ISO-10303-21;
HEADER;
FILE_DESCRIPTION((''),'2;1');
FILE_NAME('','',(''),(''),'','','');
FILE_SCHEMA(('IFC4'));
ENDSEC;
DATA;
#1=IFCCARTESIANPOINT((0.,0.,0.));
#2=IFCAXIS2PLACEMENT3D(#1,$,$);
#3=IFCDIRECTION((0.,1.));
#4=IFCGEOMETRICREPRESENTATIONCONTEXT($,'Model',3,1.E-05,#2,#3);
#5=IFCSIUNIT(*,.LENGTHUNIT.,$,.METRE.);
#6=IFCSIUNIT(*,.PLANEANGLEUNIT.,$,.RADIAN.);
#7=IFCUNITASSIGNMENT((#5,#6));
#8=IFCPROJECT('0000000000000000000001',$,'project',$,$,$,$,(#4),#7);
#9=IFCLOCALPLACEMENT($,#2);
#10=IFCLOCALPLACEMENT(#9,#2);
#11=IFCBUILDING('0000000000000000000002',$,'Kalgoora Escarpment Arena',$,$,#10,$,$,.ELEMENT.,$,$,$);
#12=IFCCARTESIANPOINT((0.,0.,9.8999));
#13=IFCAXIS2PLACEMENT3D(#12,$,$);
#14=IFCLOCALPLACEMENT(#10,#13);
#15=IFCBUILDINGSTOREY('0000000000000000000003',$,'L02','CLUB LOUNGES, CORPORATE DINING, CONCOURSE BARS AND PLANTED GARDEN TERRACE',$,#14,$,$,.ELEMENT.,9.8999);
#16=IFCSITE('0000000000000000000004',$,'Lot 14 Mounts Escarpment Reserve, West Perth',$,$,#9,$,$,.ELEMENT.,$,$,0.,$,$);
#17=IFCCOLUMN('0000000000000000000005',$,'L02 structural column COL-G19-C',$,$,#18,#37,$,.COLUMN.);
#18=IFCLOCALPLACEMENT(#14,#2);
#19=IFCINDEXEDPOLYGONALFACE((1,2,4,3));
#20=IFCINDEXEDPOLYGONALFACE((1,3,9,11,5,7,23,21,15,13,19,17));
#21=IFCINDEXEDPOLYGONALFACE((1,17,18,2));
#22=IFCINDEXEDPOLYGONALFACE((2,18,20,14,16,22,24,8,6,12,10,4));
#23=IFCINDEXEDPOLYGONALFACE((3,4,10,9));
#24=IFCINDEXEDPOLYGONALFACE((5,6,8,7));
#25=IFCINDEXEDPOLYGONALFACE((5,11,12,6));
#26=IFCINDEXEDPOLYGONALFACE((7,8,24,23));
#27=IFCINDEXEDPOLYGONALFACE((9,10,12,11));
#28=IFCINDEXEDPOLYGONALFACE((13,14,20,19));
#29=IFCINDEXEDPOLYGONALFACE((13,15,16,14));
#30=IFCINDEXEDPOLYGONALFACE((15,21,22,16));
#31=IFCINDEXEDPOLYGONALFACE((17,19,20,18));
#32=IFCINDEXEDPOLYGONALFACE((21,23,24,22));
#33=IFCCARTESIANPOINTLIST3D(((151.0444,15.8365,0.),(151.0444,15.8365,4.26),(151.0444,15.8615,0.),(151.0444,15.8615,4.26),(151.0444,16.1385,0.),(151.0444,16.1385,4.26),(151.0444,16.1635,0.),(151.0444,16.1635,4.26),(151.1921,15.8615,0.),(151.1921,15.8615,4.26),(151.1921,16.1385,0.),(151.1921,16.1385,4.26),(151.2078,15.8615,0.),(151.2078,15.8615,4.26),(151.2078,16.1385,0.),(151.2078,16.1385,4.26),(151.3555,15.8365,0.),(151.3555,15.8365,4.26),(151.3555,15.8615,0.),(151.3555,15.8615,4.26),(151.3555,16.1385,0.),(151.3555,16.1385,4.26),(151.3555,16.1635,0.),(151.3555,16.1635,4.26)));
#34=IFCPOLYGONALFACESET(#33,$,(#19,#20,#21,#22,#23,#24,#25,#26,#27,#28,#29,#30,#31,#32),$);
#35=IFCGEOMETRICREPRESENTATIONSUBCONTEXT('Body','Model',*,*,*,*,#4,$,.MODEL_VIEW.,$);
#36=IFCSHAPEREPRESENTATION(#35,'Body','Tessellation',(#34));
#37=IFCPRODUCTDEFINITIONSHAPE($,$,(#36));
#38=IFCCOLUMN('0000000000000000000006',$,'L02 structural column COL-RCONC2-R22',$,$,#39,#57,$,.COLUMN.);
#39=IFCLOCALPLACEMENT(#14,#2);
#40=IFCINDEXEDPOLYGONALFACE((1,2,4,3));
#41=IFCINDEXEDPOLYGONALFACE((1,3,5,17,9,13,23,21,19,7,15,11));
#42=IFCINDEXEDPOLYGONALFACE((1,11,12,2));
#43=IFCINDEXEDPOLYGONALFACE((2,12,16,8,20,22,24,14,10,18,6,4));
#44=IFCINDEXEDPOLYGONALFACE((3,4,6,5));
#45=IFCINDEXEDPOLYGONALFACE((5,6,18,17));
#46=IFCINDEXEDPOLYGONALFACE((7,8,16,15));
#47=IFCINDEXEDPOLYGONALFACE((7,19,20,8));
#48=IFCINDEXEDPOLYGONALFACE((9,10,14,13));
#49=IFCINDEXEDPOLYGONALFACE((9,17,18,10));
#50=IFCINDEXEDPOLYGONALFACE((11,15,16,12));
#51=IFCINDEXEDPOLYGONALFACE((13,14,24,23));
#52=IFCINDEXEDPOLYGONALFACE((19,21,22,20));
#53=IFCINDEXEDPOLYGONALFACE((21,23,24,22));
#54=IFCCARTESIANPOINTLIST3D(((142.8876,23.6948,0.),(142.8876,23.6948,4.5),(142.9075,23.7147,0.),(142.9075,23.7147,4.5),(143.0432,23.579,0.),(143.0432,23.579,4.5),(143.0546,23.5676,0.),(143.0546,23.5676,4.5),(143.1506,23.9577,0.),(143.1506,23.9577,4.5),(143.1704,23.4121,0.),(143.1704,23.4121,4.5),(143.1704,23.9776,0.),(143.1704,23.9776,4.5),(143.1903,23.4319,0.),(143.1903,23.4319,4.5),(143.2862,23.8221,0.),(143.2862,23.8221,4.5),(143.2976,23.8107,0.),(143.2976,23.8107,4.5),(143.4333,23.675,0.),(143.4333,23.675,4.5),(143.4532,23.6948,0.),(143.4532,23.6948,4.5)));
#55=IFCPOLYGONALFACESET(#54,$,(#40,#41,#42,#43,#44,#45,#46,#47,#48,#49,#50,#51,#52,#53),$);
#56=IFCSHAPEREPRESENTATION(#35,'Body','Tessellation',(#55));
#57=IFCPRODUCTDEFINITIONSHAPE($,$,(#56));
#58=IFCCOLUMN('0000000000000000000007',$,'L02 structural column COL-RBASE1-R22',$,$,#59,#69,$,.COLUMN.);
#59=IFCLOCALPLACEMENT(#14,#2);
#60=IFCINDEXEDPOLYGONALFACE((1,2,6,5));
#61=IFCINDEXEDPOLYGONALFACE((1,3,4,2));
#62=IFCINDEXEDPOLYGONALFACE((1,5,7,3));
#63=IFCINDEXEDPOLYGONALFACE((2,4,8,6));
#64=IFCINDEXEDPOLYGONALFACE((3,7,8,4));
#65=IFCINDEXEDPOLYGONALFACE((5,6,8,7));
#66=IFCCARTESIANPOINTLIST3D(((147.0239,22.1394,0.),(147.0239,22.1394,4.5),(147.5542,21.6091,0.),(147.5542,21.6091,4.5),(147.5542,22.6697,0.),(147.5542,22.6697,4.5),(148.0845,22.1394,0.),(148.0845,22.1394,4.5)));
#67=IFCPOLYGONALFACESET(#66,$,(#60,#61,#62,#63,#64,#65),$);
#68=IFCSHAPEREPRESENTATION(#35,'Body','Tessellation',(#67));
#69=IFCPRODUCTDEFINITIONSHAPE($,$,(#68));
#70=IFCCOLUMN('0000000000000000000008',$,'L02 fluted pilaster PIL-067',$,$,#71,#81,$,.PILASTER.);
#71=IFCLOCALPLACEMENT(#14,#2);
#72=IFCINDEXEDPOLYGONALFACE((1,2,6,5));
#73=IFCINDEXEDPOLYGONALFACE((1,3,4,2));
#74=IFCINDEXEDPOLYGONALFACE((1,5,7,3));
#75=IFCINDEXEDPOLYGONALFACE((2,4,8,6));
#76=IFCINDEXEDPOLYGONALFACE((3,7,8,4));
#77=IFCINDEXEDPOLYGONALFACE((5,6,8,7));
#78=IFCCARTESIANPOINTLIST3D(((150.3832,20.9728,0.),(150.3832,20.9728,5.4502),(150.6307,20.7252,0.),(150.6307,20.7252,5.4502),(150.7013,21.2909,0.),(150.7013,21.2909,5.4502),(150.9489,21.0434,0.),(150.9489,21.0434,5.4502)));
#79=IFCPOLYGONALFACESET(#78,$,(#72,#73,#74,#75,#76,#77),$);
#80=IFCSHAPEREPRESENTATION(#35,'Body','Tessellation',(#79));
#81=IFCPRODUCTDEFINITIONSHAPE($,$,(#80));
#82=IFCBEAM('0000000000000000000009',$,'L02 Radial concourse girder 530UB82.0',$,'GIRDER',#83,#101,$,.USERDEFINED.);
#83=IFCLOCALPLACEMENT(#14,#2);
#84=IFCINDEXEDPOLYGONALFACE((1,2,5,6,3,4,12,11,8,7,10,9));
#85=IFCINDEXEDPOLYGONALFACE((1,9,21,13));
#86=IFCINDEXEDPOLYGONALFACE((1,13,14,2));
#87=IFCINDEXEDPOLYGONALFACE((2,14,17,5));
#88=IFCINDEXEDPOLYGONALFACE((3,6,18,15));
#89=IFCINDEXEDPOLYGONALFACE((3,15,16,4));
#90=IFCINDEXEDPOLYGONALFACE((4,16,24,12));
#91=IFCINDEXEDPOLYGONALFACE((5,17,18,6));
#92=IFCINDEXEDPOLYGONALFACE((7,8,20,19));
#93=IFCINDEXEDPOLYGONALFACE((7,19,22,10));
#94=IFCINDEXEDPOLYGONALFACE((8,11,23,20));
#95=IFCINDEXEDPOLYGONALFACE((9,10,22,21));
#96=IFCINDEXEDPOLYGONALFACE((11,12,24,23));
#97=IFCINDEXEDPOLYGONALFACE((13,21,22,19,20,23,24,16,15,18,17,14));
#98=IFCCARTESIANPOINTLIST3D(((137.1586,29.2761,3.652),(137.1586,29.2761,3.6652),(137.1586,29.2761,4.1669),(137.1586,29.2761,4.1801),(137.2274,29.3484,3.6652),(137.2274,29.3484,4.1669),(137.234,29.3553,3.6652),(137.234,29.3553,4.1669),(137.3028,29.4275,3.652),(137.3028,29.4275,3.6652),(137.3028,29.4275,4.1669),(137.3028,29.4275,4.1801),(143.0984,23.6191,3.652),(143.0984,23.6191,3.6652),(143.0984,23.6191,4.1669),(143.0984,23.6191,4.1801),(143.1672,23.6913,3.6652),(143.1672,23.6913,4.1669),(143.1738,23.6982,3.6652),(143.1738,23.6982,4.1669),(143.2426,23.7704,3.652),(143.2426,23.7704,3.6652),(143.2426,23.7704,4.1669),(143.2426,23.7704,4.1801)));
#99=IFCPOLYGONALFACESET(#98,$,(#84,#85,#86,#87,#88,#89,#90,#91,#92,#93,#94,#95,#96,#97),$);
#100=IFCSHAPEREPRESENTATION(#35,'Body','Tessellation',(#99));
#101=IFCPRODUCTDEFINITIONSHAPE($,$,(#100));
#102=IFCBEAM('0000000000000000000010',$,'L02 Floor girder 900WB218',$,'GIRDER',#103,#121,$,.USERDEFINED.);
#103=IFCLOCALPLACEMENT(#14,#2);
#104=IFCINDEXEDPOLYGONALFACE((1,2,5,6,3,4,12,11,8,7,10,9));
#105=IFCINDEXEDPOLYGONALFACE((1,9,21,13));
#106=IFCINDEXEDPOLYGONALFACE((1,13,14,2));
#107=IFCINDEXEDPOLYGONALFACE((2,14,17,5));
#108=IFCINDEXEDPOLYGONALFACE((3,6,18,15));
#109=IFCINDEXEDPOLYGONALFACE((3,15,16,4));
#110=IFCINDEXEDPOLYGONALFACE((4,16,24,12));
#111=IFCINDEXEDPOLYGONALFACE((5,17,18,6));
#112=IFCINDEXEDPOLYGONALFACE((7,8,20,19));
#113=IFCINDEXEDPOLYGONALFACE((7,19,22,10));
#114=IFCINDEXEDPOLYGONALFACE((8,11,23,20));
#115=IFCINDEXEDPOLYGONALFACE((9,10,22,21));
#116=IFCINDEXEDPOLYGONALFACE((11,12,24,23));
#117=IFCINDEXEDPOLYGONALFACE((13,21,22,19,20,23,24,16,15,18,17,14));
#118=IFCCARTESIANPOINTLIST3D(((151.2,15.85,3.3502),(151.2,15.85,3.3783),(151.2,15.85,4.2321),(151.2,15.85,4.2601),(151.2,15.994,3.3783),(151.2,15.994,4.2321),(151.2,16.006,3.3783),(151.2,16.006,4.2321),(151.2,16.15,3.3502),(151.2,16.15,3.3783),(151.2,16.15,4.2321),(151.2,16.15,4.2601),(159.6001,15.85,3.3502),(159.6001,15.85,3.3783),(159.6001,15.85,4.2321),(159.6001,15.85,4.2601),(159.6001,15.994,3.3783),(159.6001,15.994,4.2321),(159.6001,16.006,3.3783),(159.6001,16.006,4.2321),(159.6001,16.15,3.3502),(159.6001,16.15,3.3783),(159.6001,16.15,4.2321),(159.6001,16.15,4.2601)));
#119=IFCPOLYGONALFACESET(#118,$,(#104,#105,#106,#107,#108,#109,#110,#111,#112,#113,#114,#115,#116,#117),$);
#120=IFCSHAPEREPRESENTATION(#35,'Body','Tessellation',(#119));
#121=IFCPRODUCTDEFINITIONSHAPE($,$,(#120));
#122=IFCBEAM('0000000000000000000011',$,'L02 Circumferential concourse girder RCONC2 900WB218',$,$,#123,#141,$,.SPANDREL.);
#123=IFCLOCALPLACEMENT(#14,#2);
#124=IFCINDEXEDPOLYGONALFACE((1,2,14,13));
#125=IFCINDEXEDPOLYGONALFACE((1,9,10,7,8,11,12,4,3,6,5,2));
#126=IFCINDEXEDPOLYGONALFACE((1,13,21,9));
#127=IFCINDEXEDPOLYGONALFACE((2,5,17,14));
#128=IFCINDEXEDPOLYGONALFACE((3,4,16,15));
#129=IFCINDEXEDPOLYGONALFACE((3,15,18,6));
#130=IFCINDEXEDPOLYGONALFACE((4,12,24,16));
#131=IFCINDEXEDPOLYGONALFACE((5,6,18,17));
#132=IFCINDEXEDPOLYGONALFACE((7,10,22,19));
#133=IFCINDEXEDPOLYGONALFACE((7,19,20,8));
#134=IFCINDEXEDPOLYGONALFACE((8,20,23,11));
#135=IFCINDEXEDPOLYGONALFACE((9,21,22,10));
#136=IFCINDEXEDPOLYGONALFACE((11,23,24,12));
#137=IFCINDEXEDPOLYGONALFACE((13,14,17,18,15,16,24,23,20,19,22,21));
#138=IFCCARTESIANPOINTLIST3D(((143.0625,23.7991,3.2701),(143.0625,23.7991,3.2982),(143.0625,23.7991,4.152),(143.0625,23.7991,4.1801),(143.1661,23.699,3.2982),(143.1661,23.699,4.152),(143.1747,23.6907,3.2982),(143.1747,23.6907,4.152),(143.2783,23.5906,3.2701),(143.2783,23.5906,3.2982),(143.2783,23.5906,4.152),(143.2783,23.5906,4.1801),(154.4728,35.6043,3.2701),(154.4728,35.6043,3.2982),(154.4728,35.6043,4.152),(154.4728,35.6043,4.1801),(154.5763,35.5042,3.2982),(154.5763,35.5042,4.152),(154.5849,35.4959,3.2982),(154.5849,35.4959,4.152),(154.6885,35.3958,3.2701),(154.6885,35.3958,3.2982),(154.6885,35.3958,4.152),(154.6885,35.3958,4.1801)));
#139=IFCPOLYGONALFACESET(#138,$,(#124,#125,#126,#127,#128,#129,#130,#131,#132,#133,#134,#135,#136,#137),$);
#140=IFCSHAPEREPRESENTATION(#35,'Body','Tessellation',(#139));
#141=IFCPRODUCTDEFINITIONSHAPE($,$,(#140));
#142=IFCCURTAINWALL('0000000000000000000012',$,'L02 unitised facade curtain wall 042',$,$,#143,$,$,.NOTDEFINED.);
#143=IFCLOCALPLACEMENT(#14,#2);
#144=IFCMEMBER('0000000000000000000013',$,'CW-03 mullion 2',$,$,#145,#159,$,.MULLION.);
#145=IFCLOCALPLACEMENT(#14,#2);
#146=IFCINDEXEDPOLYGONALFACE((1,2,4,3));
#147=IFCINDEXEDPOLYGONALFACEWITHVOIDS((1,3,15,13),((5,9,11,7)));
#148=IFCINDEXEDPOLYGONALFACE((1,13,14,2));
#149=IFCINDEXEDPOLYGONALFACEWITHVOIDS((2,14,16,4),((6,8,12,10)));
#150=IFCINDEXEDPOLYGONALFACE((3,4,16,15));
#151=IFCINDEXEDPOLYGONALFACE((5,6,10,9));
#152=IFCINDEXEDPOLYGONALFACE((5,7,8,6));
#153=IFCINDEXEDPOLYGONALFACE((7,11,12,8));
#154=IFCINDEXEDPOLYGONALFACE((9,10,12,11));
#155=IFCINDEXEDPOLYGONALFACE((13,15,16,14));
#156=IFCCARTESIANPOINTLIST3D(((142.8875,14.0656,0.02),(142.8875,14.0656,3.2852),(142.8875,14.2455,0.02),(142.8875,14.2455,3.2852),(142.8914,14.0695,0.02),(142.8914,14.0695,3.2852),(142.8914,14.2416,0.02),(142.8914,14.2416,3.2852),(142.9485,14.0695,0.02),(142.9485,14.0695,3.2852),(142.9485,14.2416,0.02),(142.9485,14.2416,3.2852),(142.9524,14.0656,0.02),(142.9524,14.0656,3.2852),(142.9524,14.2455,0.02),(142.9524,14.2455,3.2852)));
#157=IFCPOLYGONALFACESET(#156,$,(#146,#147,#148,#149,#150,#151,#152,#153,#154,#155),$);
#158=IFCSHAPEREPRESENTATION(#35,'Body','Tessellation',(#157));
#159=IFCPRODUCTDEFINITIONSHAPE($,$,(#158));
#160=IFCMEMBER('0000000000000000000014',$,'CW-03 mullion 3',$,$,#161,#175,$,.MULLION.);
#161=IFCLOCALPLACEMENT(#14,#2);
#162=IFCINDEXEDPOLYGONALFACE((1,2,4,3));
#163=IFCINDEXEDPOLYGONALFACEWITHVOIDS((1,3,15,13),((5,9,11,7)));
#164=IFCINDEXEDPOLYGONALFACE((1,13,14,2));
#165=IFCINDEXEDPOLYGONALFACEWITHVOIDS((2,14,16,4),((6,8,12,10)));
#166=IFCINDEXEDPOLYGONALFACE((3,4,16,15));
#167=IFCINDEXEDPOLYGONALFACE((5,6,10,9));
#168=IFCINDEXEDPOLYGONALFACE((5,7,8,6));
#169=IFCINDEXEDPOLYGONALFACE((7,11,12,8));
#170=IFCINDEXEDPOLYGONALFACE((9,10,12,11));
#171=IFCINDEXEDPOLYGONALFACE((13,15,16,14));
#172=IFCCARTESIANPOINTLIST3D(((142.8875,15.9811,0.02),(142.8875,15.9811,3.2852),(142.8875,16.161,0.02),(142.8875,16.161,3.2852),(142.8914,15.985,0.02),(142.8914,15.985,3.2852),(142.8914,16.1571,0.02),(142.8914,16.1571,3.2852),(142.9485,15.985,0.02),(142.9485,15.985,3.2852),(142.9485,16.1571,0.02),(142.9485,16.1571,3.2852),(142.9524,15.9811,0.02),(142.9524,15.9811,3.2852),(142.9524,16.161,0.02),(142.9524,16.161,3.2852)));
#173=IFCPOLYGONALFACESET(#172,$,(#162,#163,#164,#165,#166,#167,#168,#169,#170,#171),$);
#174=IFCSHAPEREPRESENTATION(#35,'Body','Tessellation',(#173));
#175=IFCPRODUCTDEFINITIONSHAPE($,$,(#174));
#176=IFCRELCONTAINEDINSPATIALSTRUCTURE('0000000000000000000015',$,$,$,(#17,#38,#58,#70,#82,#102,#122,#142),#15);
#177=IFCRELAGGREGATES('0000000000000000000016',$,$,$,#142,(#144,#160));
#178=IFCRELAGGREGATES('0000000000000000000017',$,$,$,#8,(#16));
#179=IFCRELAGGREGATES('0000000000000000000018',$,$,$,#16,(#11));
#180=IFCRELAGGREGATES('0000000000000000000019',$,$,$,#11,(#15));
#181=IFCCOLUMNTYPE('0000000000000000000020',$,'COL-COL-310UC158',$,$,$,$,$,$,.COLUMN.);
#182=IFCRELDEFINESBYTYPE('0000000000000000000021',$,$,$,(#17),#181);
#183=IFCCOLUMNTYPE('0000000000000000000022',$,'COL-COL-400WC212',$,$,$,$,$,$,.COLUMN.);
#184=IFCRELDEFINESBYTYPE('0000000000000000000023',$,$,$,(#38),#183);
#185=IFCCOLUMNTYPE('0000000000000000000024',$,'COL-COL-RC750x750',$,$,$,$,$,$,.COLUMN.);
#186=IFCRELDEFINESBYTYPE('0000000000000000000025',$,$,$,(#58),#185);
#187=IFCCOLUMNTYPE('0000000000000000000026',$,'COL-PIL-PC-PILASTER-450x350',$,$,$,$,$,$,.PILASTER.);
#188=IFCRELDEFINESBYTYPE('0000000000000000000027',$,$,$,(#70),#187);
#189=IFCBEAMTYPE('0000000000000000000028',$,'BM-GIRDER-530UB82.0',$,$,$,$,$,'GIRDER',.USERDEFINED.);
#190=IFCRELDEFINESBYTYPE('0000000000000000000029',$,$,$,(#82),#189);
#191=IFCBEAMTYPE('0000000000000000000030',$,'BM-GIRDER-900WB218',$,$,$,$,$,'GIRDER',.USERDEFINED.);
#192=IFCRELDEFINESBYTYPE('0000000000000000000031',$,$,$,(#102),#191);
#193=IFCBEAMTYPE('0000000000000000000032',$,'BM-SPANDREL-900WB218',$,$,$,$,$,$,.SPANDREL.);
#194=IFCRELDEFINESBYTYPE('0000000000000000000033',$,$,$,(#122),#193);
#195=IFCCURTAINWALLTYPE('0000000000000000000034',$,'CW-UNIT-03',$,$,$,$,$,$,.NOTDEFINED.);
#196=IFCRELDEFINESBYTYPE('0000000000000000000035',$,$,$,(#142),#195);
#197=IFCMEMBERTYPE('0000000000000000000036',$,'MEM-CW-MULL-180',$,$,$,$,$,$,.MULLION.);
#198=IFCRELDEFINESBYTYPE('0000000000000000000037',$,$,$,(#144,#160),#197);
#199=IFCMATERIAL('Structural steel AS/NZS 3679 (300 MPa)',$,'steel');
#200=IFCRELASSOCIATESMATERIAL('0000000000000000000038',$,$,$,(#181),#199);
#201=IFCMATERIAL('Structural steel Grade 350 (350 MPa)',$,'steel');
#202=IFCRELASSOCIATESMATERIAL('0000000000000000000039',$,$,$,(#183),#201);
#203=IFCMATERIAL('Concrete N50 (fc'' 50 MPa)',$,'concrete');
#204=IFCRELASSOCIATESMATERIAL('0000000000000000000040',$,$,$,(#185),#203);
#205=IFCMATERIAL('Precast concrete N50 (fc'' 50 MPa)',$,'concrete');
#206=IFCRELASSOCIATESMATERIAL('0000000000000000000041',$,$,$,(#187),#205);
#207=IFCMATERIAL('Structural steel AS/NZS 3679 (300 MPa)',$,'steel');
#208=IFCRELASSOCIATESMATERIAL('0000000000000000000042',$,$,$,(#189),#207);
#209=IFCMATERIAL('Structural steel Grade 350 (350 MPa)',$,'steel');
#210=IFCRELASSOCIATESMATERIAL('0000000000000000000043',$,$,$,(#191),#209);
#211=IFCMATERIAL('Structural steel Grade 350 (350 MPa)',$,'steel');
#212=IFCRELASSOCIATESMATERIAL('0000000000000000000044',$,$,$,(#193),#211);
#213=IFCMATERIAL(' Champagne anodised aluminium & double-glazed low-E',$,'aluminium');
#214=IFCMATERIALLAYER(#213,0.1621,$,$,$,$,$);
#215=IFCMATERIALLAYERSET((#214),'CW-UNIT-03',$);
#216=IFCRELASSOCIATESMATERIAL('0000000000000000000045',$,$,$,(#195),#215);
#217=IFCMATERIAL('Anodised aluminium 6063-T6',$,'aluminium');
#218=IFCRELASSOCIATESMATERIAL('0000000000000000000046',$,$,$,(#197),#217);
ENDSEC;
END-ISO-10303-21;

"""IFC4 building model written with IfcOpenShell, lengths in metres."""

from ifc_helpers import new_model, si_unit, direction, frame, origin, origin_2d, place, context, subcontext, project, spatial, rectangle, hollow_rectangle, i_section, extrude, material, layer, layer_set, material_profile, profile_set, type_object, element, aggregate, save


model = new_model("IFC4")

# Units and contexts
model_context = context("Model", 3, precision=1e-05, world=origin(), true_north=direction((0.0, 1.0)))
body_context = subcontext(model_context, "Body", "Model", "MODEL_VIEW")
ifc_project = project(units=[si_unit("LENGTHUNIT", "METRE"), si_unit("PLANEANGLEUNIT", "RADIAN")], contexts=[model_context])

# Site, building, storey
site_placement = place(None, origin())
site = spatial("IfcSite", under=ifc_project, at=site_placement, Name="Lot 14 Mounts Escarpment Reserve, West Perth", CompositionType="ELEMENT", RefElevation=0.0)
building_placement = place(site_placement, origin())
building = spatial("IfcBuilding", under=site, at=building_placement, Name="Kalgoora Escarpment Arena", CompositionType="ELEMENT")
storey_placement = place(building_placement, frame((0.0, 0.0, 9.8999)))
storey = spatial("IfcBuildingStorey", under=building, at=storey_placement, Name="L02", Description="CLUB LOUNGES, CORPORATE DINING, CONCOURSE BARS AND PLANTED GARDEN TERRACE", CompositionType="ELEMENT", Elevation=9.8999)

# Columns
ifc_material_1 = material(Name="Structural steel AS/NZS 3679 (300 MPa)", Category="steel")
ifc_material_profile_1 = material_profile(ifc_material_1, i_section(OverallWidth=0.311, OverallDepth=0.3269, WebThickness=0.0156, FlangeThickness=0.0249, at=origin_2d()))
ifc_profile_set_1 = profile_set([ifc_material_profile_1], Name="Structural steel AS/NZS 3679 (300 MPa)")
column_type_1 = type_object("IfcColumnType", Name="COL-COL-310UC158", PredefinedType="COLUMN", material=ifc_profile_set_1)
column_1_placement = place(storey_placement, frame((151.2, 16.0, 0.0), z_axis=(0.0, 0.0, 1.0), x_axis=(1.0, 0.0, 0.0)))
element("IfcColumn", 1, at=column_1_placement, inside=storey, type_object=column_type_1, Name="L02 structural column COL-G19-C", PredefinedType="COLUMN", context=body_context, shape_type="SweptSolid", body=[
    extrude(i_section(OverallWidth=0.311, OverallDepth=0.3269, WebThickness=0.0156, FlangeThickness=0.0249, at=origin_2d()), origin(), (0.0, 0.0, 1.0), 4.26),
])
ifc_material_2 = material(Name="Structural steel Grade 350 (350 MPa)", Category="steel")
ifc_material_profile_2 = material_profile(ifc_material_2, i_section(OverallWidth=0.3999, OverallDepth=0.3999, WebThickness=0.0161, FlangeThickness=0.0281, at=origin_2d()))
ifc_profile_set_2 = profile_set([ifc_material_profile_2], Name="Structural steel Grade 350 (350 MPa)")
column_type_2 = type_object("IfcColumnType", Name="COL-COL-400WC212", PredefinedType="COLUMN", material=ifc_profile_set_2)
column_2_placement = place(storey_placement, frame((143.1704, 23.6948, 0.0), z_axis=(0.0, 0.0, 1.0), x_axis=(0.707107, -0.707107, 0.0)))
element("IfcColumn", 2, at=column_2_placement, inside=storey, type_object=column_type_2, Name="L02 structural column COL-RCONC2-R22", PredefinedType="COLUMN", context=body_context, shape_type="SweptSolid", body=[
    extrude(i_section(OverallWidth=0.3999, OverallDepth=0.3999, WebThickness=0.0161, FlangeThickness=0.0281, at=origin_2d()), origin(), (0.0, 0.0, 1.0), 4.5),
])
ifc_material_3 = material(Name="Concrete N50 (fc' 50 MPa)", Category="concrete")
ifc_material_profile_3 = material_profile(ifc_material_3, rectangle(XDim=0.75, YDim=0.75, at=origin_2d()))
ifc_profile_set_3 = profile_set([ifc_material_profile_3], Name="Concrete N50 (fc' 50 MPa)")
column_type_3 = type_object("IfcColumnType", Name="COL-COL-RC750x750", PredefinedType="COLUMN", material=ifc_profile_set_3)
column_3_placement = place(storey_placement, frame((147.5542, 22.1394, 0.0), z_axis=(0.0, 0.0, 1.0), x_axis=(0.707107, -0.707107, 0.0)))
element("IfcColumn", 3, at=column_3_placement, inside=storey, type_object=column_type_3, Name="L02 structural column COL-RBASE1-R22", PredefinedType="COLUMN", context=body_context, shape_type="SweptSolid", body=[
    extrude(rectangle(XDim=0.75, YDim=0.75, at=origin_2d()), origin(), (0.0, 0.0, 1.0), 4.5),
])
ifc_material_4 = material(Name="Precast concrete N50 (fc' 50 MPa)", Category="concrete")
ifc_material_profile_4 = material_profile(ifc_material_4, rectangle(XDim=0.3501, YDim=0.45, at=origin_2d()))
ifc_profile_set_4 = profile_set([ifc_material_profile_4], Name="Precast concrete N50 (fc' 50 MPa)")
column_type_4 = type_object("IfcColumnType", Name="COL-PIL-PC-PILASTER-450x350", PredefinedType="PILASTER", material=ifc_profile_set_4)
column_4_placement = place(storey_placement, frame((150.666, 21.0081, 0.0), z_axis=(0.0, 0.0, 1.0), x_axis=(0.707107, -0.707107, 0.0)))
element("IfcColumn", 4, at=column_4_placement, inside=storey, type_object=column_type_4, Name="L02 fluted pilaster PIL-067", PredefinedType="PILASTER", context=body_context, shape_type="SweptSolid", body=[
    extrude(rectangle(XDim=0.3501, YDim=0.45, at=origin_2d()), origin(), (0.0, 0.0, 1.0), 5.4502),
])

# Beams
ifc_material_5 = material(Name="Structural steel AS/NZS 3679 (300 MPa)", Category="steel")
ifc_material_profile_5 = material_profile(ifc_material_5, i_section(OverallWidth=0.209, OverallDepth=0.5281, WebThickness=0.0095, FlangeThickness=0.0132, at=origin_2d()))
ifc_profile_set_5 = profile_set([ifc_material_profile_5], Name="Structural steel AS/NZS 3679 (300 MPa)")
beam_type_1 = type_object("IfcBeamType", Name="BM-GIRDER-530UB82.0", ElementType="GIRDER", PredefinedType="USERDEFINED", material=ifc_profile_set_5)
beam_1_placement = place(storey_placement, frame((137.2307, 29.3518, 3.916), z_axis=(0.72413, -0.689663, 0.0), x_axis=(0.689663, 0.72413, 0.0)))
element("IfcBeam", 5, at=beam_1_placement, inside=storey, type_object=beam_type_1, Name="L02 Radial concourse girder 530UB82.0", ObjectType="GIRDER", PredefinedType="USERDEFINED", context=body_context, shape_type="SweptSolid", body=[
    extrude(i_section(OverallWidth=0.209, OverallDepth=0.5281, WebThickness=0.0095, FlangeThickness=0.0132, at=origin_2d()), origin(), (0.0, 0.0, 1.0), 8.2026),
])
ifc_material_6 = material(Name="Structural steel Grade 350 (350 MPa)", Category="steel")
ifc_material_profile_6 = material_profile(ifc_material_6, i_section(OverallWidth=0.3, OverallDepth=0.9099, WebThickness=0.012, FlangeThickness=0.0281, at=origin_2d()))
ifc_profile_set_6 = profile_set([ifc_material_profile_6], Name="Structural steel Grade 350 (350 MPa)")
beam_type_2 = type_object("IfcBeamType", Name="BM-GIRDER-900WB218", ElementType="GIRDER", PredefinedType="USERDEFINED", material=ifc_profile_set_6)
beam_2_placement = place(storey_placement, frame((151.2, 16.0, 3.8052), z_axis=(1.0, 0.0, 0.0), x_axis=(0.0, 1.0, 0.0)))
element("IfcBeam", 6, at=beam_2_placement, inside=storey, type_object=beam_type_2, Name="L02 Floor girder 900WB218", ObjectType="GIRDER", PredefinedType="USERDEFINED", context=body_context, shape_type="SweptSolid", body=[
    extrude(i_section(OverallWidth=0.3, OverallDepth=0.9099, WebThickness=0.012, FlangeThickness=0.0281, at=origin_2d()), origin(), (0.0, 0.0, 1.0), 8.4001),
])
ifc_material_7 = material(Name="Structural steel Grade 350 (350 MPa)", Category="steel")
ifc_material_profile_7 = material_profile(ifc_material_7, i_section(OverallWidth=0.3, OverallDepth=0.9099, WebThickness=0.012, FlangeThickness=0.0281, at=origin_2d()))
ifc_profile_set_7 = profile_set([ifc_material_profile_7], Name="Structural steel Grade 350 (350 MPa)")
beam_type_3 = type_object("IfcBeamType", Name="BM-SPANDREL-900WB218", PredefinedType="SPANDREL", material=ifc_profile_set_7)
beam_3_placement = place(storey_placement, frame((143.1704, 23.6948, 3.7251), z_axis=(0.694974, 0.719034, 0.0), x_axis=(-0.719034, 0.694974, 0.0)))
element("IfcBeam", 7, at=beam_3_placement, inside=storey, type_object=beam_type_3, Name="L02 Circumferential concourse girder RCONC2 900WB218", PredefinedType="SPANDREL", context=body_context, shape_type="SweptSolid", body=[
    extrude(i_section(OverallWidth=0.3, OverallDepth=0.9099, WebThickness=0.012, FlangeThickness=0.0281, at=origin_2d()), origin(), (0.0, 0.0, 1.0), 16.4182),
])

# Curtain wall, members
ifc_material_8 = material(Name=" Champagne anodised aluminium & double-glazed low-E", Category="aluminium")
ifc_layer_1 = layer(ifc_material_8, 0.1621)
ifc_layer_set_1 = layer_set([ifc_layer_1], Name="CW-UNIT-03")
curtain_wall_type = type_object("IfcCurtainWallType", Name="CW-UNIT-03", PredefinedType="NOTDEFINED", material=ifc_layer_set_1)
curtain_wall_placement = place(storey_placement, origin())
curtain_wall = element("IfcCurtainWall", 8, at=curtain_wall_placement, inside=storey, type_object=curtain_wall_type, Name="L02 unitised facade curtain wall 042", PredefinedType="NOTDEFINED")
ifc_material_9 = material(Name="Anodised aluminium 6063-T6", Category="aluminium")
ifc_material_profile_8 = material_profile(ifc_material_9, hollow_rectangle(XDim=0.0649, YDim=0.1799, WallThickness=0.0039, at=origin_2d()))
ifc_profile_set_8 = profile_set([ifc_material_profile_8], Name="Anodised aluminium 6063-T6")
member_type_1 = type_object("IfcMemberType", Name="MEM-CW-MULL-180", PredefinedType="MULLION", material=ifc_profile_set_8)
member_1_placement = place(storey_placement, frame((142.9199, 14.1555, 0.02), z_axis=(0.0, 0.0, 1.0), x_axis=(-1.0, 0.0, 0.0)))
member_1 = element("IfcMember", 9, at=member_1_placement, type_object=member_type_1, Name="CW-03 mullion 2", PredefinedType="MULLION", context=body_context, shape_type="SweptSolid", body=[
    extrude(hollow_rectangle(XDim=0.0649, YDim=0.1799, WallThickness=0.0039, at=origin_2d()), origin(), (0.0, 0.0, 1.0), 3.2651),
])
member_2_placement = place(storey_placement, frame((142.9199, 16.071, 0.02), z_axis=(0.0, 0.0, 1.0), x_axis=(-1.0, 0.0, 0.0)))
member_2 = element("IfcMember", 10, at=member_2_placement, type_object=member_type_1, Name="CW-03 mullion 3", PredefinedType="MULLION", context=body_context, shape_type="SweptSolid", body=[
    extrude(hollow_rectangle(XDim=0.0649, YDim=0.1799, WallThickness=0.0039, at=origin_2d()), origin(), (0.0, 0.0, 1.0), 3.2651),
])
aggregate(curtain_wall, [member_1, member_2])

save(model, "model.ifc")
